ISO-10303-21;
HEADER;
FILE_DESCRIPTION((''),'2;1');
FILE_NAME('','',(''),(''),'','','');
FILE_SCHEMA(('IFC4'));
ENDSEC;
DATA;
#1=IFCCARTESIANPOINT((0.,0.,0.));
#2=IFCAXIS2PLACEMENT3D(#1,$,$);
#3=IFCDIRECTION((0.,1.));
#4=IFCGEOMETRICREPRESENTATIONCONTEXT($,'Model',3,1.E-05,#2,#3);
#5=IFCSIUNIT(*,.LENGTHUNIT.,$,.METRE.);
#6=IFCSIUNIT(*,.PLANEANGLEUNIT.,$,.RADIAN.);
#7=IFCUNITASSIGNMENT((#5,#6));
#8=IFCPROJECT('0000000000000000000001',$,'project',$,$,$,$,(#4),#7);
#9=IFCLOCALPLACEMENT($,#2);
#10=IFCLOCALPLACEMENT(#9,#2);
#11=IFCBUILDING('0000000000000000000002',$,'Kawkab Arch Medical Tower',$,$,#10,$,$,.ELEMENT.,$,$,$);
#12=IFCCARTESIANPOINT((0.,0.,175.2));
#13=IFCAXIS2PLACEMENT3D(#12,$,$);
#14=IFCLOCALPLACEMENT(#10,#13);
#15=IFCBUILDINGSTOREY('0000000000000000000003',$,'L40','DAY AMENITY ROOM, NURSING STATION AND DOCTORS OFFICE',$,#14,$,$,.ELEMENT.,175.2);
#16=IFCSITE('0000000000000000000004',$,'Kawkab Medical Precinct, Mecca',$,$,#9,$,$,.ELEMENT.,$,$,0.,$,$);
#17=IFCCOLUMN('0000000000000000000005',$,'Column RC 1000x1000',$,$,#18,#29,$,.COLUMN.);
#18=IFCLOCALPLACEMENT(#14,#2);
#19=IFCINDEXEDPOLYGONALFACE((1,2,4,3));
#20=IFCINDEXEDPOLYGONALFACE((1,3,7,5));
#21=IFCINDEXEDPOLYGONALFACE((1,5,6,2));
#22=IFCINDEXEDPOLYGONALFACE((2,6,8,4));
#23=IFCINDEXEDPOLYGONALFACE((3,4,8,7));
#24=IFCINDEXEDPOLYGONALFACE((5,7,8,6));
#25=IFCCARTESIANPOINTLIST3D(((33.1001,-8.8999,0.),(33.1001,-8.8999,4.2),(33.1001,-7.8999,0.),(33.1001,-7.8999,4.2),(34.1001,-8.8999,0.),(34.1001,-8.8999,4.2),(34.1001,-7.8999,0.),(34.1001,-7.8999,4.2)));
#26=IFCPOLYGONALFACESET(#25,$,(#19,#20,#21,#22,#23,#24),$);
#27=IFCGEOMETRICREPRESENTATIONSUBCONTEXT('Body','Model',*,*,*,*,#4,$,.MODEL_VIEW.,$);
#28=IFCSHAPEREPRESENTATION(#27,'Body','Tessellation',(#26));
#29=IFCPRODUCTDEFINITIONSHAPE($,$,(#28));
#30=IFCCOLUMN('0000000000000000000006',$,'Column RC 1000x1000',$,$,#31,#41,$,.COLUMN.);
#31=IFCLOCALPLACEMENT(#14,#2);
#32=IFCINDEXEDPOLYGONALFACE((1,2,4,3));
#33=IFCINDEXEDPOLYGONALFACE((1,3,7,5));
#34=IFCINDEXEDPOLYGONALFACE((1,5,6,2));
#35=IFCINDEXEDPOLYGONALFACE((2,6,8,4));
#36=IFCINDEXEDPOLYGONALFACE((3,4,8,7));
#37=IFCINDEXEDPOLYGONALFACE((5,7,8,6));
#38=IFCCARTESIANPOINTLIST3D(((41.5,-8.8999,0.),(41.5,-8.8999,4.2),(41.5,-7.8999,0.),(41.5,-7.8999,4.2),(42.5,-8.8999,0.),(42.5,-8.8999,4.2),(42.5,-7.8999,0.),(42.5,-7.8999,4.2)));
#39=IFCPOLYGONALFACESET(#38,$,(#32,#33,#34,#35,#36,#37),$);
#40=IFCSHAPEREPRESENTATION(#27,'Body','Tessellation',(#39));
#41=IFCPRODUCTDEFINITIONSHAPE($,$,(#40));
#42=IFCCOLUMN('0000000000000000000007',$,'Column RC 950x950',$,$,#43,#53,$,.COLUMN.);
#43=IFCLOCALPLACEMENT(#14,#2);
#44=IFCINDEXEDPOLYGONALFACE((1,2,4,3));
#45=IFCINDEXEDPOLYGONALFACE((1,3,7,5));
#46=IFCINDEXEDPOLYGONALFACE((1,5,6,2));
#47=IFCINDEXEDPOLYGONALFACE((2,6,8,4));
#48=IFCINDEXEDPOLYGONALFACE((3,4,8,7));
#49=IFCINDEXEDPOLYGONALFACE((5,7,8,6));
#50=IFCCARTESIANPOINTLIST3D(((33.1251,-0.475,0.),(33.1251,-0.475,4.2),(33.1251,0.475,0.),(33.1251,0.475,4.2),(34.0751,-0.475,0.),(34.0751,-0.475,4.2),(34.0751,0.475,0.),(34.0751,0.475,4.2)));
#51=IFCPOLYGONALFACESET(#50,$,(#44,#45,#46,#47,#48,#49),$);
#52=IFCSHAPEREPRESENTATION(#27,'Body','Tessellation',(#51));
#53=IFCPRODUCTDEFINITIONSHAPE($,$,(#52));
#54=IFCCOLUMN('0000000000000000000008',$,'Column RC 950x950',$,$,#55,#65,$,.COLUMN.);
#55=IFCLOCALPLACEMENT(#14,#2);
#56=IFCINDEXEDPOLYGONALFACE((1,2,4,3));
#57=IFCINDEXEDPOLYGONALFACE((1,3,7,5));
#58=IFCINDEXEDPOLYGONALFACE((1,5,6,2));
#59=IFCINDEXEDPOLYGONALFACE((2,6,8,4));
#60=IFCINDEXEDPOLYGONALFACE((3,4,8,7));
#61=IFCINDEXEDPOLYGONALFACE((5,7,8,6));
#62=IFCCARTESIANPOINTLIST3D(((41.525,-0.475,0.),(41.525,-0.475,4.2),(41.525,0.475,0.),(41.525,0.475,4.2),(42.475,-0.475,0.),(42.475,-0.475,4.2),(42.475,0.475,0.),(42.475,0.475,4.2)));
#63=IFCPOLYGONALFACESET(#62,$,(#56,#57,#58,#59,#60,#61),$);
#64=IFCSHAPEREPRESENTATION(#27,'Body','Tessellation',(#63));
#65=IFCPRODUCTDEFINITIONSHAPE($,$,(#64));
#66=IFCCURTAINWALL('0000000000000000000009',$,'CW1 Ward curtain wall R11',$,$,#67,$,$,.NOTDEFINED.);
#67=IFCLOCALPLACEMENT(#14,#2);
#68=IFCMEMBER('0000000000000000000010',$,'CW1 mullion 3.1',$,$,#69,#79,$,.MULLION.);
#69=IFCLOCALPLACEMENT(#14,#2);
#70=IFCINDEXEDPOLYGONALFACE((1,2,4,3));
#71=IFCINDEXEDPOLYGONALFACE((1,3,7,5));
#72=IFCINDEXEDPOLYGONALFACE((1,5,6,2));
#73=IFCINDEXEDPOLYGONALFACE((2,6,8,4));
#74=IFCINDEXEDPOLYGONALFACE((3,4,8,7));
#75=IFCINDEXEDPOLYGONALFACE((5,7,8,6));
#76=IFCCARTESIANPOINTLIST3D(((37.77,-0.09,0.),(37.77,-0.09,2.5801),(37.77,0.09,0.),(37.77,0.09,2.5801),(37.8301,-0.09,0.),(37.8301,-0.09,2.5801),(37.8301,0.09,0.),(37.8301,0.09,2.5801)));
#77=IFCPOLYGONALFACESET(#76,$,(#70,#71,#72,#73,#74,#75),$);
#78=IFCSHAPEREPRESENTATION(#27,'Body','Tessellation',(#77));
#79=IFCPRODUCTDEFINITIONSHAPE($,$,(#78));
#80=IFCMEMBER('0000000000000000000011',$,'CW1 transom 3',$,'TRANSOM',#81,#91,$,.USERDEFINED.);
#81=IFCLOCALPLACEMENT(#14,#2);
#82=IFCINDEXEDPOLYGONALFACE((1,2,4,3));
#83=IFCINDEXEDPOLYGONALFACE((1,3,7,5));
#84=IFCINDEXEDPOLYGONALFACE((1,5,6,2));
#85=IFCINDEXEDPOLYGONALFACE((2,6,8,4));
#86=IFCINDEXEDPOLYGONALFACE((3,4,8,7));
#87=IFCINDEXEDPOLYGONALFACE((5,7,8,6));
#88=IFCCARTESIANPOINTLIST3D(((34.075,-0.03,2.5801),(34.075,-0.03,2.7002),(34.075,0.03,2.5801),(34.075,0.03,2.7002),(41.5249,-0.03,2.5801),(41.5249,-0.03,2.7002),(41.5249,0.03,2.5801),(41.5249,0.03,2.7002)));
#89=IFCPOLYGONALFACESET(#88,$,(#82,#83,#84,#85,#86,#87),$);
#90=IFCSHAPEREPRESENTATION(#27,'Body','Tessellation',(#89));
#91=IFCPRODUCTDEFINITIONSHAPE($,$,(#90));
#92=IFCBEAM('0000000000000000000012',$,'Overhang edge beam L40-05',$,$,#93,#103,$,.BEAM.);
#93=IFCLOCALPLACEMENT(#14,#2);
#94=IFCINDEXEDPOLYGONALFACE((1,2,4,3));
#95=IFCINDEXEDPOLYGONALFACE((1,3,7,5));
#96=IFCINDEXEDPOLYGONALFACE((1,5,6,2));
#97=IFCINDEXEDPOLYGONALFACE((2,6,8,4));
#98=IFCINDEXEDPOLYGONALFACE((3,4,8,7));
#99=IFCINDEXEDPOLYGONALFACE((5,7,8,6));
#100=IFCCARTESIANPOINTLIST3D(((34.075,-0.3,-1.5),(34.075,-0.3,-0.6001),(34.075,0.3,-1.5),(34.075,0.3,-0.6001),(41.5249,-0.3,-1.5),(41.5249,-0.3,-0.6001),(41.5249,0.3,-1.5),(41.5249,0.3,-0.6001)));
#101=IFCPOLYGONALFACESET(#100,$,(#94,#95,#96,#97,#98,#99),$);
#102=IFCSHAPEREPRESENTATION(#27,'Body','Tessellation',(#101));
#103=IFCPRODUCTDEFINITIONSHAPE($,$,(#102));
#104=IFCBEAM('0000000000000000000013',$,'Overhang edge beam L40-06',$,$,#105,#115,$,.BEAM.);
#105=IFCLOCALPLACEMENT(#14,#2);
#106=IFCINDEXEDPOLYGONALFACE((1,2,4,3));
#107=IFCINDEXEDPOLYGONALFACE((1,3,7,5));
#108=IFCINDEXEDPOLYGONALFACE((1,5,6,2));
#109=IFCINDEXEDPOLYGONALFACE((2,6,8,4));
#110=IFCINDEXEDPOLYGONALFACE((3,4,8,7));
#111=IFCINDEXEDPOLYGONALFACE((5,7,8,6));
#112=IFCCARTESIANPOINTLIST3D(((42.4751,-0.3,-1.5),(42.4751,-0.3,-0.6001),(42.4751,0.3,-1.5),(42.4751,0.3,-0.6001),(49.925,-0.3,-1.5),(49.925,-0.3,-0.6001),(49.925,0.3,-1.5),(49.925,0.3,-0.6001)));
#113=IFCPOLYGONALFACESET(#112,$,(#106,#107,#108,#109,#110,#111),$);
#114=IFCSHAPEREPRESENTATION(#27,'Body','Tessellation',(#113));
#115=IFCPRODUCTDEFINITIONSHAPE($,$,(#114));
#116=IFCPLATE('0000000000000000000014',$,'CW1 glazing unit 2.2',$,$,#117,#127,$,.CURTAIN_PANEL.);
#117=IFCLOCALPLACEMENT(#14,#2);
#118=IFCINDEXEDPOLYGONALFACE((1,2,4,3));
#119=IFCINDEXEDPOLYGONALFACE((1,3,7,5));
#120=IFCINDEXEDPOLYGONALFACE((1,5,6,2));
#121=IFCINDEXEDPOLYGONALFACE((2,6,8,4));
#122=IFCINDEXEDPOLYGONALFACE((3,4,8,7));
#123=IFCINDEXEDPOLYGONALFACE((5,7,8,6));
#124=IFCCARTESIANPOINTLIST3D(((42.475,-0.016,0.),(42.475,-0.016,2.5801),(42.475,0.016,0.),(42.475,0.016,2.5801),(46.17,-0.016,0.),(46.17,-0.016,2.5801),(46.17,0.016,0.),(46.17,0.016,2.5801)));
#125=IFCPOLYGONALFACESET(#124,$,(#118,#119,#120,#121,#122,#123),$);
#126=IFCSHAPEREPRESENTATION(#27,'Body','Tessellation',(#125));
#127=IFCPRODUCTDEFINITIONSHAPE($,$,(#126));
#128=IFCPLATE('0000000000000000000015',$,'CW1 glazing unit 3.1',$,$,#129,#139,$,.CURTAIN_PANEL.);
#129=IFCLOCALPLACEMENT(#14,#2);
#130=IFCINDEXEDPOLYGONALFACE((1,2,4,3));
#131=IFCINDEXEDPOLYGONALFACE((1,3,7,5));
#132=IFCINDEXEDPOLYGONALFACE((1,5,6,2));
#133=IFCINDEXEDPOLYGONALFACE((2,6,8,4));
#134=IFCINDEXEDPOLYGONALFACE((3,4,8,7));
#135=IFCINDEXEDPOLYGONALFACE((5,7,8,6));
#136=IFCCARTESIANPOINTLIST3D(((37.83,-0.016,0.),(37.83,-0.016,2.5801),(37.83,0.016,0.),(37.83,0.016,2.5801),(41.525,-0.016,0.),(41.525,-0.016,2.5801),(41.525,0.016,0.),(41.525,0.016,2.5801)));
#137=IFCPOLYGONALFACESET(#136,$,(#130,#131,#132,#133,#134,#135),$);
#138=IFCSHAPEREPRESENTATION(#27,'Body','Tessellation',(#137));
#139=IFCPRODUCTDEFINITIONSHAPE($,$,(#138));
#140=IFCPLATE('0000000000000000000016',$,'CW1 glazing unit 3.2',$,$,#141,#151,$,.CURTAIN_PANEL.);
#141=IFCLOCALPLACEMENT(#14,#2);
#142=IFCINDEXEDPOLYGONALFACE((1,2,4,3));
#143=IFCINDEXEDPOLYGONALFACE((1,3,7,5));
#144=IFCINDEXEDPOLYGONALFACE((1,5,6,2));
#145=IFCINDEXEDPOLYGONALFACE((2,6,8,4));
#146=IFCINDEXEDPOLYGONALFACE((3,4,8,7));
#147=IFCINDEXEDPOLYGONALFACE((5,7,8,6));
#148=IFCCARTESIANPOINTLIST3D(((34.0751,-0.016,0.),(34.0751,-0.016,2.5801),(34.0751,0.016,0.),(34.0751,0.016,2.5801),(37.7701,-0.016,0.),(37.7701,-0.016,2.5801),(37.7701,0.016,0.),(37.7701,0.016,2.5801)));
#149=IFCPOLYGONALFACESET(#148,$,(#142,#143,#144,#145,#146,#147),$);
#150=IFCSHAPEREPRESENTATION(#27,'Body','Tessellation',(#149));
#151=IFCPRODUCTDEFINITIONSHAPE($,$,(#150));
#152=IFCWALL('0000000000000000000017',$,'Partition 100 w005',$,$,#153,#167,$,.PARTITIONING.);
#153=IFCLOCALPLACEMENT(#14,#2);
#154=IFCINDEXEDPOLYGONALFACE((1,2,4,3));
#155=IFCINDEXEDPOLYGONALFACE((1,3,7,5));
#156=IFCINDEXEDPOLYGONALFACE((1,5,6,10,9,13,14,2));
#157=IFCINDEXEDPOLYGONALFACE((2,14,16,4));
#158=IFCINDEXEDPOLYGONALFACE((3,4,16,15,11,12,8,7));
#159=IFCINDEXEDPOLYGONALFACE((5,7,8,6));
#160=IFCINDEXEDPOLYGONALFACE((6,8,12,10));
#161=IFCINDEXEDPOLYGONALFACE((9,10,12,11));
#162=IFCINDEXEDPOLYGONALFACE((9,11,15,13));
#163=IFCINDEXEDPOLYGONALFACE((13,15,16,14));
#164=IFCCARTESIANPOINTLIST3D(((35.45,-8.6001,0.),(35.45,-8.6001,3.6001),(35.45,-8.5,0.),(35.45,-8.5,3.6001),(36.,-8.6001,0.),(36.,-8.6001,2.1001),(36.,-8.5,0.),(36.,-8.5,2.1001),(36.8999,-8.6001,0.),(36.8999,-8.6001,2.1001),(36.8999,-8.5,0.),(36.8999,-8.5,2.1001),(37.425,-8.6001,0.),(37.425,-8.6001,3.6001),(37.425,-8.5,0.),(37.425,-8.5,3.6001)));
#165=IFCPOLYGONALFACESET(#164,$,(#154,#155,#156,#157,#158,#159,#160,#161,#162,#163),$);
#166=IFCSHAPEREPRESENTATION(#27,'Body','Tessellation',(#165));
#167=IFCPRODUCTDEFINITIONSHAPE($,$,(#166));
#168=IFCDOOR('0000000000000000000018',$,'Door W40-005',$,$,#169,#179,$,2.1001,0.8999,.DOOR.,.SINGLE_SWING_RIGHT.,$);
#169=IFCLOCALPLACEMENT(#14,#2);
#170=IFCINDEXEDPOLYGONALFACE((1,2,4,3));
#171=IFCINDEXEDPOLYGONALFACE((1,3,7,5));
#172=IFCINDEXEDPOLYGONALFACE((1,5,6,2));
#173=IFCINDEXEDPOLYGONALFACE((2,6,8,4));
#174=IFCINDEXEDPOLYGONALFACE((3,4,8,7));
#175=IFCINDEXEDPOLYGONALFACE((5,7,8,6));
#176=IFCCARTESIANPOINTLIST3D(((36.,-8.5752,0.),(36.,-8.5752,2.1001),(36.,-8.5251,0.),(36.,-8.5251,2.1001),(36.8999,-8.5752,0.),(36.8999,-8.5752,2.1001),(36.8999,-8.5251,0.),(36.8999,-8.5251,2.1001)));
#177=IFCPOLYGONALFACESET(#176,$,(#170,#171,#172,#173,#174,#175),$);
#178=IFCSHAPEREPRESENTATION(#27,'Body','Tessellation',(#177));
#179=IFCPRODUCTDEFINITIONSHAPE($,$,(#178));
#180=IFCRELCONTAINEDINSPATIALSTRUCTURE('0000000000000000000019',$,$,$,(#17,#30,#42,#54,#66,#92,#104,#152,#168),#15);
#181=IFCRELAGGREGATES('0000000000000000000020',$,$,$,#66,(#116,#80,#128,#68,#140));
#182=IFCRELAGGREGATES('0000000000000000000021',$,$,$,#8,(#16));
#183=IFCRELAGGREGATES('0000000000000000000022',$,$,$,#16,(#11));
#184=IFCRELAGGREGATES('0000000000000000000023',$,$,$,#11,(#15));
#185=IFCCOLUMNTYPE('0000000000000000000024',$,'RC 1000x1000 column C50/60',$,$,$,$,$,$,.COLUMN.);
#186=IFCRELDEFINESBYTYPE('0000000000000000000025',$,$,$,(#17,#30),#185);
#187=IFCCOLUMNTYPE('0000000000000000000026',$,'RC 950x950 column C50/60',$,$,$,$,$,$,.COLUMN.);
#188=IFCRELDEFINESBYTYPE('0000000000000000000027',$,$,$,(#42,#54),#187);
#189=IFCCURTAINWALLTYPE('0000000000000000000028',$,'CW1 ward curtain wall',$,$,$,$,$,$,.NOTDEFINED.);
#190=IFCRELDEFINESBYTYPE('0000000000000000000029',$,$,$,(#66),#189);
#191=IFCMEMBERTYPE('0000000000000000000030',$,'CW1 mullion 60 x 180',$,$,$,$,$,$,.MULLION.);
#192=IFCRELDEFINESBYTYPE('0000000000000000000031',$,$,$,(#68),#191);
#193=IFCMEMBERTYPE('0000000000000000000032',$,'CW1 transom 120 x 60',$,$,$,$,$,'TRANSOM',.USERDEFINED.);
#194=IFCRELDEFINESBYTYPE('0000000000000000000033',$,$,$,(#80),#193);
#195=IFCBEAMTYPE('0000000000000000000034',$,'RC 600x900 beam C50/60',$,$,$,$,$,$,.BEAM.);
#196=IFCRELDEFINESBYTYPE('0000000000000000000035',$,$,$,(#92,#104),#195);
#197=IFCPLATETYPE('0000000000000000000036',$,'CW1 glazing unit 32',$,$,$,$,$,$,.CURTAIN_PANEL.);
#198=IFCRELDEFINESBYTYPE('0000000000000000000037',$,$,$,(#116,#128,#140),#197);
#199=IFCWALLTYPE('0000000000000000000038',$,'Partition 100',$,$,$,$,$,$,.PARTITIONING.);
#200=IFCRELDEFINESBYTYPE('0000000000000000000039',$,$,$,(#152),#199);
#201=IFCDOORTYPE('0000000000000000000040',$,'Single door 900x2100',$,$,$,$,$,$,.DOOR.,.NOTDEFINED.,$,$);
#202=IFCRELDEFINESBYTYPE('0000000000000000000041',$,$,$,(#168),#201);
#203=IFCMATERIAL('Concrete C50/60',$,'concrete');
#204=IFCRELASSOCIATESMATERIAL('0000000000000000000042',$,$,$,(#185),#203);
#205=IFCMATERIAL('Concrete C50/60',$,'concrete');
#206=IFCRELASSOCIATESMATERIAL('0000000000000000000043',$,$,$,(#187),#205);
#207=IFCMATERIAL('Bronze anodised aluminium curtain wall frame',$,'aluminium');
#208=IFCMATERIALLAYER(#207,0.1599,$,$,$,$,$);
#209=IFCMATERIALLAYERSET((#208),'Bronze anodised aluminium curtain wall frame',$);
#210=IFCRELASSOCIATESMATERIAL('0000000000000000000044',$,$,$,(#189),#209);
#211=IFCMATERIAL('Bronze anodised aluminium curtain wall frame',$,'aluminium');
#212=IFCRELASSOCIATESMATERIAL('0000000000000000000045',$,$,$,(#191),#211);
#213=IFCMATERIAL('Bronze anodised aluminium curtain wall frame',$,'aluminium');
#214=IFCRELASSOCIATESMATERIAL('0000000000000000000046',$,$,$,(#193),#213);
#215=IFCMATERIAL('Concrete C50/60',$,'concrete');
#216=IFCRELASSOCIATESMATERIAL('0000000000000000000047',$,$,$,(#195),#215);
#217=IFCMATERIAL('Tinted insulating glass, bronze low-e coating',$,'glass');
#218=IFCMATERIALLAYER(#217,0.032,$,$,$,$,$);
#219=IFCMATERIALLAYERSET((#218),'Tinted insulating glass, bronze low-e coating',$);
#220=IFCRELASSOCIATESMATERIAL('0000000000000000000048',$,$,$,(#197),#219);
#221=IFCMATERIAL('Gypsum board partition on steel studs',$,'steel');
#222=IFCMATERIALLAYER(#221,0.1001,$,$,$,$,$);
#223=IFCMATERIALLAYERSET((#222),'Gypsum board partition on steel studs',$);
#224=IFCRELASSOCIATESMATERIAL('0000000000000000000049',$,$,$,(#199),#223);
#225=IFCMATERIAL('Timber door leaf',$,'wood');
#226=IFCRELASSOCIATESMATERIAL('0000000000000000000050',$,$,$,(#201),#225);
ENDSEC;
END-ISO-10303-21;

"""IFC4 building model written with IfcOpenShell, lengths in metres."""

from ifc_helpers import new_model, si_unit, direction, frame, frame_2d, origin, origin_2d, place, context, subcontext, project, spatial, rectangle, extrude, material, layer, layer_set, material_profile, profile_set, type_object, element, fill, aggregate, save


model = new_model("IFC4")

# Units and contexts
model_context = context("Model", 3, precision=1e-05, world=origin(), true_north=direction((0.0, 1.0)))
body_context = subcontext(model_context, "Body", "Model", "MODEL_VIEW")
ifc_project = project(units=[si_unit("LENGTHUNIT", "METRE"), si_unit("PLANEANGLEUNIT", "RADIAN")], contexts=[model_context])

# Site, building, storey
site_placement = place(None, origin())
site = spatial("IfcSite", under=ifc_project, at=site_placement, Name="Kawkab Medical Precinct, Mecca", CompositionType="ELEMENT", RefElevation=0.0)
building_placement = place(site_placement, origin())
building = spatial("IfcBuilding", under=site, at=building_placement, Name="Kawkab Arch Medical Tower", CompositionType="ELEMENT")
storey_placement = place(building_placement, frame((0.0, 0.0, 175.2)))
storey = spatial("IfcBuildingStorey", under=building, at=storey_placement, Name="L40", Description="DAY AMENITY ROOM, NURSING STATION AND DOCTORS OFFICE", CompositionType="ELEMENT", Elevation=175.2)

# Columns
ifc_material_1 = material(Name="Concrete C50/60", Category="concrete")
ifc_material_profile_1 = material_profile(ifc_material_1, rectangle(XDim=1.0, YDim=1.0, at=origin_2d()), Name="RC 1000x1000")
ifc_profile_set_1 = profile_set([ifc_material_profile_1], Name="Concrete C50/60")
column_type_1 = type_object("IfcColumnType", Name="RC 1000x1000 column C50/60", PredefinedType="COLUMN", material=ifc_profile_set_1)
for number, where, z_axis, x_axis, name in (
    (1, (33.6001, -8.3999, 0.0), (0.0, 0.0, 1.0), (1.0, 0.0, 0.0), "Column RC 1000x1000"),
    (2, (42.0, -8.3999, 0.0), (0.0, 0.0, 1.0), (1.0, 0.0, 0.0), "Column RC 1000x1000"),
):
    element("IfcColumn", number, at=place(storey_placement, frame(where, z_axis=z_axis, x_axis=x_axis)), inside=storey, type_object=column_type_1, Name=name, PredefinedType="COLUMN", context=body_context, shape_type="SweptSolid", body=[
        extrude(rectangle(XDim=1.0, YDim=1.0, at=origin_2d()), origin(), (0.0, 0.0, 1.0), 4.2),
    ])
ifc_material_2 = material(Name="Concrete C50/60", Category="concrete")
ifc_material_profile_2 = material_profile(ifc_material_2, rectangle(XDim=0.95, YDim=0.95, at=origin_2d()), Name="RC 950x950")
ifc_profile_set_2 = profile_set([ifc_material_profile_2], Name="Concrete C50/60")
column_type_2 = type_object("IfcColumnType", Name="RC 950x950 column C50/60", PredefinedType="COLUMN", material=ifc_profile_set_2)
for number, where, z_axis, x_axis, name in (
    (3, (33.6001, 0.0, 0.0), (0.0, 0.0, 1.0), (1.0, 0.0, 0.0), "Column RC 950x950"),
    (4, (42.0, 0.0, 0.0), (0.0, 0.0, 1.0), (1.0, 0.0, 0.0), "Column RC 950x950"),
):
    element("IfcColumn", number, at=place(storey_placement, frame(where, z_axis=z_axis, x_axis=x_axis)), inside=storey, type_object=column_type_2, Name=name, PredefinedType="COLUMN", context=body_context, shape_type="SweptSolid", body=[
        extrude(rectangle(XDim=0.95, YDim=0.95, at=origin_2d()), origin(), (0.0, 0.0, 1.0), 4.2),
    ])

# Curtain wall, members
ifc_material_3 = material(Name="Bronze anodised aluminium curtain wall frame", Category="aluminium")
ifc_layer_1 = layer(ifc_material_3, 0.1599)
ifc_layer_set_1 = layer_set([ifc_layer_1], Name="Bronze anodised aluminium curtain wall frame")
curtain_wall_type = type_object("IfcCurtainWallType", Name="CW1 ward curtain wall", PredefinedType="NOTDEFINED", material=ifc_layer_set_1)
placement = place(storey_placement, origin())
curtain_wall = element("IfcCurtainWall", 5, at=placement, inside=storey, type_object=curtain_wall_type, Name="CW1 Ward curtain wall R11", PredefinedType="NOTDEFINED")
ifc_material_4 = material(Name="Bronze anodised aluminium curtain wall frame", Category="aluminium")
ifc_material_profile_3 = material_profile(ifc_material_4, rectangle(XDim=0.1799, YDim=0.0601, at=origin_2d()), Name="AL 60x180")
ifc_profile_set_3 = profile_set([ifc_material_profile_3], Name="Bronze anodised aluminium curtain wall frame")
member_type_1 = type_object("IfcMemberType", Name="CW1 mullion 60 x 180", PredefinedType="MULLION", material=ifc_profile_set_3)
member_1_placement = place(storey_placement, frame((37.8, 0.0, 0.0), z_axis=(0.0, 0.0, 1.0), x_axis=(0.0, -1.0, 0.0)))
member_1 = element("IfcMember", 6, at=member_1_placement, type_object=member_type_1, Name="CW1 mullion 3.1", PredefinedType="MULLION", context=body_context, shape_type="SweptSolid", body=[
    extrude(rectangle(XDim=0.1799, YDim=0.0601, at=origin_2d()), origin(), (0.0, 0.0, 1.0), 2.5801),
])
ifc_material_5 = material(Name="Bronze anodised aluminium curtain wall frame", Category="aluminium")
ifc_material_profile_4 = material_profile(ifc_material_5, rectangle(XDim=0.0601, YDim=0.1201, at=origin_2d()), Name="AL 60x120")
ifc_profile_set_4 = profile_set([ifc_material_profile_4], Name="Bronze anodised aluminium curtain wall frame")
member_type_2 = type_object("IfcMemberType", Name="CW1 transom 120 x 60", ElementType="TRANSOM", PredefinedType="USERDEFINED", material=ifc_profile_set_4)
member_2_placement = place(storey_placement, frame((41.5249, 0.0, 2.6401), z_axis=(-1.0, 0.0, 0.0), x_axis=(0.0, -1.0, 0.0)))
member_2 = element("IfcMember", 7, at=member_2_placement, type_object=member_type_2, Name="CW1 transom 3", ObjectType="TRANSOM", PredefinedType="USERDEFINED", context=body_context, shape_type="SweptSolid", body=[
    extrude(rectangle(XDim=0.0601, YDim=0.1201, at=origin_2d()), origin(), (0.0, 0.0, 1.0), 7.45),
])

# Beams
ifc_material_6 = material(Name="Concrete C50/60", Category="concrete")
ifc_material_profile_5 = material_profile(ifc_material_6, rectangle(XDim=0.6001, YDim=0.8999, at=origin_2d()), Name="RC 600x900")
ifc_profile_set_5 = profile_set([ifc_material_profile_5], Name="Concrete C50/60")
beam_type = type_object("IfcBeamType", Name="RC 600x900 beam C50/60", PredefinedType="BEAM", material=ifc_profile_set_5)
for number, where, z_axis, x_axis, name in (
    (8, (34.075, 0.0, -1.05), (1.0, 0.0, 0.0), (0.0, 1.0, 0.0), "Overhang edge beam L40-05"),
    (9, (42.4751, 0.0, -1.05), (1.0, 0.0, 0.0), (0.0, 1.0, 0.0), "Overhang edge beam L40-06"),
):
    element("IfcBeam", number, at=place(storey_placement, frame(where, z_axis=z_axis, x_axis=x_axis)), inside=storey, type_object=beam_type, Name=name, PredefinedType="BEAM", context=body_context, shape_type="SweptSolid", body=[
        extrude(rectangle(XDim=0.6001, YDim=0.8999, at=origin_2d()), origin(), (0.0, 0.0, 1.0), 7.45),
    ])

# Plates
ifc_material_7 = material(Name="Tinted insulating glass, bronze low-e coating", Category="glass")
ifc_layer_2 = layer(ifc_material_7, 0.032)
ifc_layer_set_2 = layer_set([ifc_layer_2], Name="Tinted insulating glass, bronze low-e coating")
plate_type = type_object("IfcPlateType", Name="CW1 glazing unit 32", PredefinedType="CURTAIN_PANEL", material=ifc_layer_set_2)
plate_1_placement = place(storey_placement, frame((44.3225, 0.0, 0.0), z_axis=(0.0, 0.0, 1.0), x_axis=(-1.0, 0.0, 0.0)))
plate_1 = element("IfcPlate", 10, at=plate_1_placement, type_object=plate_type, Name="CW1 glazing unit 2.2", PredefinedType="CURTAIN_PANEL", context=body_context, shape_type="SweptSolid", body=[
    extrude(rectangle(XDim=3.6951, YDim=0.032, at=origin_2d()), origin(), (0.0, 0.0, 1.0), 2.5801),
])
plate_2_placement = place(storey_placement, frame((39.6775, 0.0, 0.0), z_axis=(0.0, 0.0, 1.0), x_axis=(-1.0, 0.0, 0.0)))
plate_2 = element("IfcPlate", 11, at=plate_2_placement, type_object=plate_type, Name="CW1 glazing unit 3.1", PredefinedType="CURTAIN_PANEL", context=body_context, shape_type="SweptSolid", body=[
    extrude(rectangle(XDim=3.6951, YDim=0.032, at=origin_2d()), origin(), (0.0, 0.0, 1.0), 2.5801),
])
plate_3_placement = place(storey_placement, frame((35.9226, 0.0, 0.0), z_axis=(0.0, 0.0, 1.0), x_axis=(-1.0, 0.0, 0.0)))
plate_3 = element("IfcPlate", 12, at=plate_3_placement, type_object=plate_type, Name="CW1 glazing unit 3.2", PredefinedType="CURTAIN_PANEL", context=body_context, shape_type="SweptSolid", body=[
    extrude(rectangle(XDim=3.6951, YDim=0.032, at=origin_2d()), origin(), (0.0, 0.0, 1.0), 2.5801),
])
aggregate(curtain_wall, [plate_1, member_2, plate_2, member_1, plate_3])

# Wall, opening, door
ifc_material_8 = material(Name="Gypsum board partition on steel studs", Category="steel")
ifc_layer_3 = layer(ifc_material_8, 0.1001)
ifc_layer_set_3 = layer_set([ifc_layer_3], Name="Gypsum board partition on steel studs")
wall_type_1 = type_object("IfcWallType", Name="Partition 100", PredefinedType="PARTITIONING", material=ifc_layer_set_3)
wall_1_placement = place(storey_placement, frame((35.45, -8.55, 0.0), z_axis=(0.0, 0.0, 1.0), x_axis=(1.0, 0.0, 0.0)))
wall_1 = element("IfcWall", 13, at=wall_1_placement, inside=storey, type_object=wall_type_1, Name="Partition 100 w005", PredefinedType="PARTITIONING", context=body_context, shape_type="SweptSolid", body=[
    extrude(rectangle(XDim=1.9751, YDim=0.1001, at=frame_2d((0.9875, 0.0))), origin(), (0.0, 0.0, 1.0), 3.6001),
])
opening_1_placement = place(wall_1_placement, frame((0.55, 0.0, 0.0)))
opening_1 = element("IfcOpeningElement", 14, at=opening_1_placement, cuts=wall_1, PredefinedType="OPENING", context=body_context, shape_type="SweptSolid", body=[
    extrude(rectangle(XDim=0.8999, YDim=2.1001, at=frame_2d((0.45, 1.05))), frame((0.0, 0.0601, 0.0), z_axis=(0.0, -1.0, 0.0), x_axis=(1.0, 0.0, 0.0)), (0.0, 0.0, 1.0), 0.1201),
])
ifc_material_9 = material(Name="Timber door leaf", Category="wood")
door_type_1 = type_object("IfcDoorType", Name="Single door 900x2100", OperationType="NOTDEFINED", PredefinedType="DOOR", material=ifc_material_9)
door_1_placement = place(opening_1_placement, origin())
door_1 = element("IfcDoor", 15, at=door_1_placement, inside=storey, type_object=door_type_1, Name="Door W40-005", OperationType="SINGLE_SWING_RIGHT", OverallHeight=2.1001, OverallWidth=0.8999, PredefinedType="DOOR", context=body_context, shape_type="SweptSolid", body=[
    extrude(rectangle(XDim=0.8999, YDim=2.1001, at=frame_2d((0.45, 1.05))), frame((0.0, 0.0249, 0.0), z_axis=(0.0, -1.0, 0.0), x_axis=(1.0, 0.0, 0.0)), (0.0, 0.0, 1.0), 0.05),
])
fill(opening_1, door_1)

save(model, "model.ifc")
